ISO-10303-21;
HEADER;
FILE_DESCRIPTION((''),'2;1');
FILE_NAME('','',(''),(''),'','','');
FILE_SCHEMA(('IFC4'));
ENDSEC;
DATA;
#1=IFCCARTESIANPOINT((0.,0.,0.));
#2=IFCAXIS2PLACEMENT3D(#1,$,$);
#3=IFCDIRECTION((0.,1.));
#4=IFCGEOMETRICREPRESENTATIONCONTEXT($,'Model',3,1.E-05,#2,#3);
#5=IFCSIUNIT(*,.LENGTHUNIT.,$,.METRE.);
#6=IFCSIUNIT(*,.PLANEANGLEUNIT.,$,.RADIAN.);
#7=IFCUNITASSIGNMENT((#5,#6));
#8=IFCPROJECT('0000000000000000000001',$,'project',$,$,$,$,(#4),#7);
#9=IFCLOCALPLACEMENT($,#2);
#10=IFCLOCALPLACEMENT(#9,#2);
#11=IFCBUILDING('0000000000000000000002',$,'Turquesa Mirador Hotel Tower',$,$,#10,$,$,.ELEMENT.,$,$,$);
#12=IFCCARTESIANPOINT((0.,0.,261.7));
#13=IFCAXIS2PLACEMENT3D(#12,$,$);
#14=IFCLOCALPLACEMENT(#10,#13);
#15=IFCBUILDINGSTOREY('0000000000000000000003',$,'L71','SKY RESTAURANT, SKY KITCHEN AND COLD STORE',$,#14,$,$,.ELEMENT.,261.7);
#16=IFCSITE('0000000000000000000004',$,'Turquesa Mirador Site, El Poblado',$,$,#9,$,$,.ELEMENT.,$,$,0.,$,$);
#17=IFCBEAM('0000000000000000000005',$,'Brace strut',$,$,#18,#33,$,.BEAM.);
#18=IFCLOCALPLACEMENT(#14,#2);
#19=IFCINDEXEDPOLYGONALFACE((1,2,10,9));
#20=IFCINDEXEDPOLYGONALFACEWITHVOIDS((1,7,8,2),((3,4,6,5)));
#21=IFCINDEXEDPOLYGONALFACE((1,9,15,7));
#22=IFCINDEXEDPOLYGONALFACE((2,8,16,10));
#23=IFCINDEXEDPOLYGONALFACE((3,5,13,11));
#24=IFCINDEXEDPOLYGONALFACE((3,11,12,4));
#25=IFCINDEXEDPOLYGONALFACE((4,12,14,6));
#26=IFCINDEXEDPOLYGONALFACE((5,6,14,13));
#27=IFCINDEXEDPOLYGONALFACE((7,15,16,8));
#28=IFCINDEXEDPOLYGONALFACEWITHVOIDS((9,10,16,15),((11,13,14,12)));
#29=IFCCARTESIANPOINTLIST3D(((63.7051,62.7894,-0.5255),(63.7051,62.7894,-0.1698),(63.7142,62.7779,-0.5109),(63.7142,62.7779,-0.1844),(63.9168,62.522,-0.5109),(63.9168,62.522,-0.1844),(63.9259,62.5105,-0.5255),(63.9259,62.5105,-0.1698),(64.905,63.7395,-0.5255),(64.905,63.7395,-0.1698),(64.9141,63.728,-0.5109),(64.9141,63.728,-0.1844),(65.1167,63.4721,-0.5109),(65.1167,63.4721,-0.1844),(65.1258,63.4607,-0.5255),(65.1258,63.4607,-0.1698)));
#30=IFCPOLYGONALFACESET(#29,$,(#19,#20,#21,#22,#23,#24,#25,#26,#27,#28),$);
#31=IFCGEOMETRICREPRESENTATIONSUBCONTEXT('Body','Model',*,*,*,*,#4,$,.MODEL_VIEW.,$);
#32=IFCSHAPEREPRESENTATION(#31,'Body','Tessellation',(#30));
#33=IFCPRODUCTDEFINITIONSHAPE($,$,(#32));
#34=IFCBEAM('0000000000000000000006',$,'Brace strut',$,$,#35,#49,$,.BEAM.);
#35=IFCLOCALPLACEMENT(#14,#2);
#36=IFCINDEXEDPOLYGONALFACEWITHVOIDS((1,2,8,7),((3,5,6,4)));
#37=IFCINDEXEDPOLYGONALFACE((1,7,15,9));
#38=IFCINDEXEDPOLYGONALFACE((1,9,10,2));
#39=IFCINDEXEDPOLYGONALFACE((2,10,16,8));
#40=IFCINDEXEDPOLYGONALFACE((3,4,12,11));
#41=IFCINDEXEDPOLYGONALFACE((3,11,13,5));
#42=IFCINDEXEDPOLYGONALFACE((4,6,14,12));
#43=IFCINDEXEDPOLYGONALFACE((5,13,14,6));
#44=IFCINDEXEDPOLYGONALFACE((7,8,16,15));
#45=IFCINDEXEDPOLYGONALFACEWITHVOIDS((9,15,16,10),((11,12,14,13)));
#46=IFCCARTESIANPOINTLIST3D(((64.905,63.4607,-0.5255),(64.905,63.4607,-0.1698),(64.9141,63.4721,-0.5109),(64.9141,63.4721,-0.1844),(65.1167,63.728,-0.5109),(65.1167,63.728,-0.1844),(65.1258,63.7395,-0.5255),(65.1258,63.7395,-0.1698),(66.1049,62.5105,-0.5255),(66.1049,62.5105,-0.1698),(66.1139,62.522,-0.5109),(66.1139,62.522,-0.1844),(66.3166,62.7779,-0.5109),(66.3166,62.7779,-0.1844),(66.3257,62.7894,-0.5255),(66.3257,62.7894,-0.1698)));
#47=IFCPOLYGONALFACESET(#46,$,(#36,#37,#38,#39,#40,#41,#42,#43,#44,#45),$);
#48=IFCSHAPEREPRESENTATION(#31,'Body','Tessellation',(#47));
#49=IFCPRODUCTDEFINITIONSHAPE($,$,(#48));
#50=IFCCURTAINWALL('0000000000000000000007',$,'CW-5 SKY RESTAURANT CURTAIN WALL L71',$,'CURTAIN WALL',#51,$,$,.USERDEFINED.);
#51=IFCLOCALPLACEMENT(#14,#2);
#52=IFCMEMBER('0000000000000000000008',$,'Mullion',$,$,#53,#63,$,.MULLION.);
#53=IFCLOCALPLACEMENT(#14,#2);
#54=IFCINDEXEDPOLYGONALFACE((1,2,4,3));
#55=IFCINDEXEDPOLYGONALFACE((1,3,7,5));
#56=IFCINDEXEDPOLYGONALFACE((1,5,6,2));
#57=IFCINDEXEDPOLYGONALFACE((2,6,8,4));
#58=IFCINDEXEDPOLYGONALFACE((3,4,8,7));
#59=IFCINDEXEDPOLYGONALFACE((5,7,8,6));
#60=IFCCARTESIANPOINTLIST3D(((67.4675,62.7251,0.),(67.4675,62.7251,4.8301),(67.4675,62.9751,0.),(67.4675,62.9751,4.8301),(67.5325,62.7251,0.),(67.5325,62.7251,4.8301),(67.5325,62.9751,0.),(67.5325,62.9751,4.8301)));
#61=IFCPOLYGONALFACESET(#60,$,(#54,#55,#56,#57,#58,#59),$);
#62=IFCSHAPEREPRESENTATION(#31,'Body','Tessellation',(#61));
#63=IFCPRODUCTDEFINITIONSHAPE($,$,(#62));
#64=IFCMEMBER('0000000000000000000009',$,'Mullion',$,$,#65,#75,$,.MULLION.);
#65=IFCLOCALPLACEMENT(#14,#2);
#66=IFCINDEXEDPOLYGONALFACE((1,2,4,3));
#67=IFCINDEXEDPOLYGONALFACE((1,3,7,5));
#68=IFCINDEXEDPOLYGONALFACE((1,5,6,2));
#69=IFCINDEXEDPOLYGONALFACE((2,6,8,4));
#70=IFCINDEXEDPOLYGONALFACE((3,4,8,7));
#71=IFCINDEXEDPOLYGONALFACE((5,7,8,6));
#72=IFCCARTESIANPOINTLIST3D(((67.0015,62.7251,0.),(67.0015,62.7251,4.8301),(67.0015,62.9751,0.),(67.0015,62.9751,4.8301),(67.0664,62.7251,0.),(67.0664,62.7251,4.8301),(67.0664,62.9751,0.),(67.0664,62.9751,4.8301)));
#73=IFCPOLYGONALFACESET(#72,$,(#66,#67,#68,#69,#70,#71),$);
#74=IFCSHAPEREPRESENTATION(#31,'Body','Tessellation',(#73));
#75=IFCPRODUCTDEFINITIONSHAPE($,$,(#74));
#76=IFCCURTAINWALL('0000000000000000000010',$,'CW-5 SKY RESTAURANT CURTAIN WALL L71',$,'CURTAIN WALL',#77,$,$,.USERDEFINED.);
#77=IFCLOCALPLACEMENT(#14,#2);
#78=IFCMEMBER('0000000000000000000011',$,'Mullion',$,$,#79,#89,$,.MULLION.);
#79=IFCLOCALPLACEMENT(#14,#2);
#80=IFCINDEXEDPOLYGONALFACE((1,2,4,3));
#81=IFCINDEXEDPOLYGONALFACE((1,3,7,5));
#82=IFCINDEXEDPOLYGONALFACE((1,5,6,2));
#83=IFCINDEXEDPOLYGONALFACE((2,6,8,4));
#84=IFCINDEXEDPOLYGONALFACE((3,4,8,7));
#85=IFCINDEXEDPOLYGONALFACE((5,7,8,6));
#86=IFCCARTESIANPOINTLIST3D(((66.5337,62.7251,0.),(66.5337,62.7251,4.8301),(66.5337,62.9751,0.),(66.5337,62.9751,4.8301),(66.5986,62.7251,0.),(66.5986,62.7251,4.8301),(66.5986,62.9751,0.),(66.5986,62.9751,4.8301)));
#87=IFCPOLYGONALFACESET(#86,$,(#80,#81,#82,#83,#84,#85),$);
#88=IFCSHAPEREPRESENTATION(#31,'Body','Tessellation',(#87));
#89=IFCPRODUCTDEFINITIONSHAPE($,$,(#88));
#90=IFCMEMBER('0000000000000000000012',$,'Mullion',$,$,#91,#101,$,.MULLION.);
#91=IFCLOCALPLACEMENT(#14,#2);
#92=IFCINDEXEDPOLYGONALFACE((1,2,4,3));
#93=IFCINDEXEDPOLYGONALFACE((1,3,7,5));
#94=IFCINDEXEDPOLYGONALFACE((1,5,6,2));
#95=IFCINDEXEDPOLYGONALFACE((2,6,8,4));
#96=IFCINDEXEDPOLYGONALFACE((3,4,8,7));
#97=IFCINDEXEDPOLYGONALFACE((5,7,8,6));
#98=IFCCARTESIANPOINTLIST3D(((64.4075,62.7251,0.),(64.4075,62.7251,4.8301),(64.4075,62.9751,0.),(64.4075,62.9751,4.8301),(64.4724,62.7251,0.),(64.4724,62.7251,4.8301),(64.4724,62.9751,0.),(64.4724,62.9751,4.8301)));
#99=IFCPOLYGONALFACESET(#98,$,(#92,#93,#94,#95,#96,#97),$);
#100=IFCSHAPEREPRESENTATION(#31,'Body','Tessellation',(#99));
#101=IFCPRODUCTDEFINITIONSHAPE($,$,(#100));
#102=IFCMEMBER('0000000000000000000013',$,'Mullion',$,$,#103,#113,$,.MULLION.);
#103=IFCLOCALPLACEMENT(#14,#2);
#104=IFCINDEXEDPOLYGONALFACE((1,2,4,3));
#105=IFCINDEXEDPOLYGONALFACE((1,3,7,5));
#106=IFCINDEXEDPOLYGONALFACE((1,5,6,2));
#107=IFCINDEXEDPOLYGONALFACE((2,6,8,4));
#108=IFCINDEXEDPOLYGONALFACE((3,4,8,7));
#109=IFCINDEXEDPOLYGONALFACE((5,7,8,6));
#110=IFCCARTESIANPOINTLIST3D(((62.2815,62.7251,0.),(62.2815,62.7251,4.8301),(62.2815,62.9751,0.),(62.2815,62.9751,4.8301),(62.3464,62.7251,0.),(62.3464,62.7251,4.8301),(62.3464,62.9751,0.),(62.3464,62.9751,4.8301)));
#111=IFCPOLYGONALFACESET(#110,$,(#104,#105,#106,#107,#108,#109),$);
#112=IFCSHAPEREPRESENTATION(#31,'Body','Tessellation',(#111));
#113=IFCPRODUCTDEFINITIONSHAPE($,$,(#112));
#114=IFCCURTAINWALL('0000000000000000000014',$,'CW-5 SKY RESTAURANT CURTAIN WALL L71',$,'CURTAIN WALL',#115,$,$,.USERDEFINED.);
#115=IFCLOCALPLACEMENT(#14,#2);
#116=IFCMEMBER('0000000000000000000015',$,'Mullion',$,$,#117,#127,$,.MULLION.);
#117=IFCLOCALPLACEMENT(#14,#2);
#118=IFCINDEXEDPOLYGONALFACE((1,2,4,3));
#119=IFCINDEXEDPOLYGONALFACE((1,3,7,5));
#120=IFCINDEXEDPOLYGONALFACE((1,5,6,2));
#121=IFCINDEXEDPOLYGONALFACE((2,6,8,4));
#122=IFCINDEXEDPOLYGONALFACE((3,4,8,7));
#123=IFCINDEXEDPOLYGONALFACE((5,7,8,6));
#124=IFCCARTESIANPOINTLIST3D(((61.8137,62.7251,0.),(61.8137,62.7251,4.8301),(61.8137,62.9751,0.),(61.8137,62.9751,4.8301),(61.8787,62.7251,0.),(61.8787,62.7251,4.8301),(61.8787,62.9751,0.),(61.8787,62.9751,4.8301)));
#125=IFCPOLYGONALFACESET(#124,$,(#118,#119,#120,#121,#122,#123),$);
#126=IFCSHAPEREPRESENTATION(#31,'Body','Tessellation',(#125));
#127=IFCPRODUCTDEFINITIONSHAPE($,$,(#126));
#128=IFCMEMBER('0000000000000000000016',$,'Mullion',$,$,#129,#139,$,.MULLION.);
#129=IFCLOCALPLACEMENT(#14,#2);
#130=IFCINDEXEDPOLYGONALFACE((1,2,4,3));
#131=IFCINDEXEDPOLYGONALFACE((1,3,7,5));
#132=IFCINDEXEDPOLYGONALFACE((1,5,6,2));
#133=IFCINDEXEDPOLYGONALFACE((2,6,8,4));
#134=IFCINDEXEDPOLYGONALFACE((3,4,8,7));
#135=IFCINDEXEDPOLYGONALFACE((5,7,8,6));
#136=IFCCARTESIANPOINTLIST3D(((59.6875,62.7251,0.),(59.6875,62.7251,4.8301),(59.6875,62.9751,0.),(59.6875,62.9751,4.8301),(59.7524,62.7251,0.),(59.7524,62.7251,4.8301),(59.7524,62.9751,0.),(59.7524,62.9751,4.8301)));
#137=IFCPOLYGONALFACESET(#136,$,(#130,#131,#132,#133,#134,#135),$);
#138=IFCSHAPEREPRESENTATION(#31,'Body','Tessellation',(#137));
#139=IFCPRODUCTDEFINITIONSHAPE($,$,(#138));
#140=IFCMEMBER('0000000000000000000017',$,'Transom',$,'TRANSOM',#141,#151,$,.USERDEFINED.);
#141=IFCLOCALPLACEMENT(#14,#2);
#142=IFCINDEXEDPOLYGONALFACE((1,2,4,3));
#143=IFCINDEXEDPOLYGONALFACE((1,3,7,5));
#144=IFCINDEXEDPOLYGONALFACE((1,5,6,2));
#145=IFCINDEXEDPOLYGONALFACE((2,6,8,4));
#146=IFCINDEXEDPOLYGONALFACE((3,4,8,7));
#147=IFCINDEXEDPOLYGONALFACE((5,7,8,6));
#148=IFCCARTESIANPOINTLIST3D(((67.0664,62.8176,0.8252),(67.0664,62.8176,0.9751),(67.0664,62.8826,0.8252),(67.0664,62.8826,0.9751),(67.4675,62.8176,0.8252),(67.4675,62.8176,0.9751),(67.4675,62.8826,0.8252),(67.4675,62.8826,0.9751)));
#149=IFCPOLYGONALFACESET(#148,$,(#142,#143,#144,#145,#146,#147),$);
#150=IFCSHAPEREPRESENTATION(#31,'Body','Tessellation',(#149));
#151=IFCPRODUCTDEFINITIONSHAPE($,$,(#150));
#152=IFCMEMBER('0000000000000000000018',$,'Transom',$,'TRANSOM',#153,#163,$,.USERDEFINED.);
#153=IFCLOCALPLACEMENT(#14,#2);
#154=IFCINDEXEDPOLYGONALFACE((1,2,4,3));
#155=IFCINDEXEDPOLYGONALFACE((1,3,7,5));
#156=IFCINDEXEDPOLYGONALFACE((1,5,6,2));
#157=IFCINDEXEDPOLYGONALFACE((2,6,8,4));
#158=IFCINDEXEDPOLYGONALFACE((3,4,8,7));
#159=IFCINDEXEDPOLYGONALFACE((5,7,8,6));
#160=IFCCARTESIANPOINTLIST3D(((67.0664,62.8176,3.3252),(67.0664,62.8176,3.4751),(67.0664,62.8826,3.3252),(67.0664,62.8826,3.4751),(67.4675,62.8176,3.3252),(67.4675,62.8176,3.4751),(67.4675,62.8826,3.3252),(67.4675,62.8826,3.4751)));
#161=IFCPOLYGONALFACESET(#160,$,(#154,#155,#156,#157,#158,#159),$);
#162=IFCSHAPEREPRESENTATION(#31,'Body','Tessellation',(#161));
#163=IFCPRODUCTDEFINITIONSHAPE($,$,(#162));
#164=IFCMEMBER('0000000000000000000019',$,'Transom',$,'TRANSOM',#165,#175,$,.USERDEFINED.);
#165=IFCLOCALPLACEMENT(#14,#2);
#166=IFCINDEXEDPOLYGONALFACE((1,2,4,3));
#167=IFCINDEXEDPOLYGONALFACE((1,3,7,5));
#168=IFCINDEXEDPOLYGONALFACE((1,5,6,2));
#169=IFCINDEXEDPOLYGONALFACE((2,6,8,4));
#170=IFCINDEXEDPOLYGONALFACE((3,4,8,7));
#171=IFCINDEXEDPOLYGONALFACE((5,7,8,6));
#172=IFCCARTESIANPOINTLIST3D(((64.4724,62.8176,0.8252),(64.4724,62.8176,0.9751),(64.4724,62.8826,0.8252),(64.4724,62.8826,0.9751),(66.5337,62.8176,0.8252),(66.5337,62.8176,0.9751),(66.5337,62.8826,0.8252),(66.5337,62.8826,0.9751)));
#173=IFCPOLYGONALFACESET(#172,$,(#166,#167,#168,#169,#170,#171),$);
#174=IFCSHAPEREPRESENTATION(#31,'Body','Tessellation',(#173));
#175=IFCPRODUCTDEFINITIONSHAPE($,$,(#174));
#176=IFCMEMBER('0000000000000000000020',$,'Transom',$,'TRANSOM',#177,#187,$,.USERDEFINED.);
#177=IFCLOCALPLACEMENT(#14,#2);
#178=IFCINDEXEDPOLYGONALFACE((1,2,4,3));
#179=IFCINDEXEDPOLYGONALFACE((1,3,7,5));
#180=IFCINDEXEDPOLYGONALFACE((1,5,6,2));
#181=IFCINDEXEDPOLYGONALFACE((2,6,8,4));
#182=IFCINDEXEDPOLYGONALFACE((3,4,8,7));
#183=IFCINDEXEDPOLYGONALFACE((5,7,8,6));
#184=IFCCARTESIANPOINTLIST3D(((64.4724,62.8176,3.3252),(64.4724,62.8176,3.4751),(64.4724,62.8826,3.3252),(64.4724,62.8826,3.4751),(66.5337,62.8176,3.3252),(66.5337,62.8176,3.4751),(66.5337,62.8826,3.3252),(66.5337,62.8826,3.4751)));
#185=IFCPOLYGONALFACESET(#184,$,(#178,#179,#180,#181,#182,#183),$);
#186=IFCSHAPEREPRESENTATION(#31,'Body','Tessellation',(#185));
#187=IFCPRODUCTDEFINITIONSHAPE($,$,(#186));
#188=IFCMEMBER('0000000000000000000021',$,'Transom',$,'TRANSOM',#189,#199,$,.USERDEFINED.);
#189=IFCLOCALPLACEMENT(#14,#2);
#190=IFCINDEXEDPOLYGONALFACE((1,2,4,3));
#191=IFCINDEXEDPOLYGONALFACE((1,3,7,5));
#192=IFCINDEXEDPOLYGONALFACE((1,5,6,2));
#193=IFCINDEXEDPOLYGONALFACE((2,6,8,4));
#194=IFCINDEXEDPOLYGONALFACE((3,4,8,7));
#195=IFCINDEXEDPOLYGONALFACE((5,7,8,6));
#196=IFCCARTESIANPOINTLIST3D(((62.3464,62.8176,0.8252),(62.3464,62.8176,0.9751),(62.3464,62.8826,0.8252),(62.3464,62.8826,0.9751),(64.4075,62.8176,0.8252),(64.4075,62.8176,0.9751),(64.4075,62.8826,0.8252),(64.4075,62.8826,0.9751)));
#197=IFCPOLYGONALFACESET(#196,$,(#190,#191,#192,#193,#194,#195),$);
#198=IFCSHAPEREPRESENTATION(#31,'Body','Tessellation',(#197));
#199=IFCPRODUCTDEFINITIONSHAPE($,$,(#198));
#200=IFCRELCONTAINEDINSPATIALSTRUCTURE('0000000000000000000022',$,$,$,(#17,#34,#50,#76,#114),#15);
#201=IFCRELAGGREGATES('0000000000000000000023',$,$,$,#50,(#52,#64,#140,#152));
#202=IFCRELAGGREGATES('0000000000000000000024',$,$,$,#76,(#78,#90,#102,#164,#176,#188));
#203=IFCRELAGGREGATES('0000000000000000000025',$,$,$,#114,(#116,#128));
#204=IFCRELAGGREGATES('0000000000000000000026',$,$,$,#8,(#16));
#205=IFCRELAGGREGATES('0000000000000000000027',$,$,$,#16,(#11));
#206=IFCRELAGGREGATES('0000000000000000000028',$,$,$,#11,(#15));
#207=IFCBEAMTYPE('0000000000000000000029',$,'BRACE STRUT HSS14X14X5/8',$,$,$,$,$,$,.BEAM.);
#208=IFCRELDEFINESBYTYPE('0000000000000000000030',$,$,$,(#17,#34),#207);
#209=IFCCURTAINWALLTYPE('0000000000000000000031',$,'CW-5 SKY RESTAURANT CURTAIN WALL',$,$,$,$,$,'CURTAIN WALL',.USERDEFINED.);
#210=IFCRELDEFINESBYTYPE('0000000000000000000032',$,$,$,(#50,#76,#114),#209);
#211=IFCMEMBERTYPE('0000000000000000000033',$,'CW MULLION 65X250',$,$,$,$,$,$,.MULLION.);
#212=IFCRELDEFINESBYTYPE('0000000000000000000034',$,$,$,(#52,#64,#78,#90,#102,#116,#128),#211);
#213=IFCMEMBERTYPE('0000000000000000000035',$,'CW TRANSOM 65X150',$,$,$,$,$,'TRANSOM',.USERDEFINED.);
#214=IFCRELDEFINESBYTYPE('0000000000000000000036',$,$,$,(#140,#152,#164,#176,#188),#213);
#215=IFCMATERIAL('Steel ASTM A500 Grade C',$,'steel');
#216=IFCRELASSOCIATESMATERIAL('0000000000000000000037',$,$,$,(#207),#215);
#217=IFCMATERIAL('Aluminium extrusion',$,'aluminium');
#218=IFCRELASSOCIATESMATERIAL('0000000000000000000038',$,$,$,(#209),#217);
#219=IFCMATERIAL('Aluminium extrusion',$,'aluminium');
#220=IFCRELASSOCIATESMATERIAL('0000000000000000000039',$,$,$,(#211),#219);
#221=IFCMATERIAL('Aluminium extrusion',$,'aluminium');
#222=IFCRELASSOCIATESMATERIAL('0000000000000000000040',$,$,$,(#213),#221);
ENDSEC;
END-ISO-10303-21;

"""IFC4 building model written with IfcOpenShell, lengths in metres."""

from ifc_helpers import new_model, si_unit, direction, frame, origin, origin_2d, place, context, subcontext, project, spatial, rectangle, hollow_rectangle, extrude, material, material_profile, profile_set, type_object, element, aggregate, save


model = new_model("IFC4")

# Units and contexts
model_context = context("Model", 3, precision=1e-05, world=origin(), true_north=direction((0.0, 1.0)))
body_context = subcontext(model_context, "Body", "Model", "MODEL_VIEW")
ifc_project = project(units=[si_unit("LENGTHUNIT", "METRE"), si_unit("PLANEANGLEUNIT", "RADIAN")], contexts=[model_context])

# Site, building, storey
site_placement = place(None, origin())
site = spatial("IfcSite", under=ifc_project, at=site_placement, Name="Turquesa Mirador Site, El Poblado", CompositionType="ELEMENT", RefElevation=0.0)
building_placement = place(site_placement, origin())
building = spatial("IfcBuilding", under=site, at=building_placement, Name="Turquesa Mirador Hotel Tower", CompositionType="ELEMENT")
storey_placement = place(building_placement, frame((0.0, 0.0, 261.7)))
storey = spatial("IfcBuildingStorey", under=building, at=storey_placement, Name="L71", Description="SKY RESTAURANT, SKY KITCHEN AND COLD STORE", CompositionType="ELEMENT", Elevation=261.7)

# Beams
ifc_material_1 = material(Name="Steel ASTM A500 Grade C", Category="steel")
ifc_material_profile_1 = material_profile(ifc_material_1, hollow_rectangle(XDim=0.3557, YDim=0.3557, WallThickness=0.0146, at=origin_2d()), Name="HSS14X14X5/8")
ifc_profile_set_1 = profile_set([ifc_material_profile_1], Name="Steel ASTM A500 Grade C")
beam_type = type_object("IfcBeamType", Name="BRACE STRUT HSS14X14X5/8", PredefinedType="BEAM", material=ifc_profile_set_1)
for number, where, z_axis, x_axis, name in (
    (1, (65.0154, 63.6001, -0.3477), (-0.783971, -0.620797, 0.0), (0.620797, -0.783971, 0.0), "Brace strut"),
    (2, (65.0154, 63.6001, -0.3477), (0.783971, -0.620797, 0.0), (0.620797, 0.783971, 0.0), "Brace strut"),
):
    element("IfcBeam", number, at=place(storey_placement, frame(where, z_axis=z_axis, x_axis=x_axis)), inside=storey, type_object=beam_type, Name=name, PredefinedType="BEAM", context=body_context, shape_type="SweptSolid", body=[
        extrude(hollow_rectangle(XDim=0.3557, YDim=0.3557, WallThickness=0.0146, at=origin_2d()), origin(), (0.0, 0.0, 1.0), 1.5305),
    ])

# Curtain walls, members
ifc_material_2 = material(Name="Aluminium extrusion", Category="aluminium")
curtain_wall_type = type_object("IfcCurtainWallType", Name="CW-5 SKY RESTAURANT CURTAIN WALL", ElementType="CURTAIN WALL", PredefinedType="USERDEFINED", material=ifc_material_2)
curtain_wall_1_placement = place(storey_placement, origin())
curtain_wall_1 = element("IfcCurtainWall", 3, at=curtain_wall_1_placement, inside=storey, type_object=curtain_wall_type, Name="CW-5 SKY RESTAURANT CURTAIN WALL L71", ObjectType="CURTAIN WALL", PredefinedType="USERDEFINED")
ifc_material_3 = material(Name="Aluminium extrusion", Category="aluminium")
ifc_material_profile_2 = material_profile(ifc_material_3, rectangle(XDim=0.0649, YDim=0.25, at=origin_2d()), Name="MULLION 65X250")
ifc_profile_set_2 = profile_set([ifc_material_profile_2], Name="Aluminium extrusion")
member_type_1 = type_object("IfcMemberType", Name="CW MULLION 65X250", PredefinedType="MULLION", material=ifc_profile_set_2)
member_1_placement = place(storey_placement, frame((67.5, 62.8501, 0.0), z_axis=(0.0, 0.0, 1.0), x_axis=(-1.0, 0.0, 0.0)))
member_1 = element("IfcMember", 4, at=member_1_placement, type_object=member_type_1, Name="Mullion", PredefinedType="MULLION", context=body_context, shape_type="SweptSolid", body=[
    extrude(rectangle(XDim=0.0649, YDim=0.25, at=origin_2d()), origin(), (0.0, 0.0, 1.0), 4.8301),
])
member_2_placement = place(storey_placement, frame((67.0339, 62.8501, 0.0), z_axis=(0.0, 0.0, 1.0), x_axis=(-1.0, 0.0, 0.0)))
member_2 = element("IfcMember", 5, at=member_2_placement, type_object=member_type_1, Name="Mullion", PredefinedType="MULLION", context=body_context, shape_type="SweptSolid", body=[
    extrude(rectangle(XDim=0.0649, YDim=0.25, at=origin_2d()), origin(), (0.0, 0.0, 1.0), 4.8301),
])
curtain_wall_2_placement = place(storey_placement, origin())
curtain_wall_2 = element("IfcCurtainWall", 6, at=curtain_wall_2_placement, inside=storey, type_object=curtain_wall_type, Name="CW-5 SKY RESTAURANT CURTAIN WALL L71", ObjectType="CURTAIN WALL", PredefinedType="USERDEFINED")
member_3_placement = place(storey_placement, frame((66.5662, 62.8501, 0.0), z_axis=(0.0, 0.0, 1.0), x_axis=(-1.0, 0.0, 0.0)))
member_3 = element("IfcMember", 7, at=member_3_placement, type_object=member_type_1, Name="Mullion", PredefinedType="MULLION", context=body_context, shape_type="SweptSolid", body=[
    extrude(rectangle(XDim=0.0649, YDim=0.25, at=origin_2d()), origin(), (0.0, 0.0, 1.0), 4.8301),
])
member_4_placement = place(storey_placement, frame((64.4399, 62.8501, 0.0), z_axis=(0.0, 0.0, 1.0), x_axis=(-1.0, 0.0, 0.0)))
member_4 = element("IfcMember", 8, at=member_4_placement, type_object=member_type_1, Name="Mullion", PredefinedType="MULLION", context=body_context, shape_type="SweptSolid", body=[
    extrude(rectangle(XDim=0.0649, YDim=0.25, at=origin_2d()), origin(), (0.0, 0.0, 1.0), 4.8301),
])
member_5_placement = place(storey_placement, frame((62.314, 62.8501, 0.0), z_axis=(0.0, 0.0, 1.0), x_axis=(-1.0, 0.0, 0.0)))
member_5 = element("IfcMember", 9, at=member_5_placement, type_object=member_type_1, Name="Mullion", PredefinedType="MULLION", context=body_context, shape_type="SweptSolid", body=[
    extrude(rectangle(XDim=0.0649, YDim=0.25, at=origin_2d()), origin(), (0.0, 0.0, 1.0), 4.8301),
])
curtain_wall_3_placement = place(storey_placement, origin())
curtain_wall_3 = element("IfcCurtainWall", 10, at=curtain_wall_3_placement, inside=storey, type_object=curtain_wall_type, Name="CW-5 SKY RESTAURANT CURTAIN WALL L71", ObjectType="CURTAIN WALL", PredefinedType="USERDEFINED")
member_6_placement = place(storey_placement, frame((61.8462, 62.8501, 0.0), z_axis=(0.0, 0.0, 1.0), x_axis=(-1.0, 0.0, 0.0)))
member_6 = element("IfcMember", 11, at=member_6_placement, type_object=member_type_1, Name="Mullion", PredefinedType="MULLION", context=body_context, shape_type="SweptSolid", body=[
    extrude(rectangle(XDim=0.0649, YDim=0.25, at=origin_2d()), origin(), (0.0, 0.0, 1.0), 4.8301),
])
member_7_placement = place(storey_placement, frame((59.72, 62.8501, 0.0), z_axis=(0.0, 0.0, 1.0), x_axis=(-1.0, 0.0, 0.0)))
member_7 = element("IfcMember", 12, at=member_7_placement, type_object=member_type_1, Name="Mullion", PredefinedType="MULLION", context=body_context, shape_type="SweptSolid", body=[
    extrude(rectangle(XDim=0.0649, YDim=0.25, at=origin_2d()), origin(), (0.0, 0.0, 1.0), 4.8301),
])

# Members
ifc_material_4 = material(Name="Aluminium extrusion", Category="aluminium")
ifc_material_profile_3 = material_profile(ifc_material_4, rectangle(XDim=0.0649, YDim=0.1499, at=origin_2d()), Name="TRANSOM 65X150")
ifc_profile_set_3 = profile_set([ifc_material_profile_3], Name="Aluminium extrusion")
member_type_2 = type_object("IfcMemberType", Name="CW TRANSOM 65X150", ElementType="TRANSOM", PredefinedType="USERDEFINED", material=ifc_profile_set_3)
member_8_placement = place(storey_placement, frame((67.4675, 62.8501, 0.9001), z_axis=(-1.0, 0.0, 0.0), x_axis=(0.0, -1.0, 0.0)))
member_8 = element("IfcMember", 13, at=member_8_placement, type_object=member_type_2, Name="Transom", ObjectType="TRANSOM", PredefinedType="USERDEFINED", context=body_context, shape_type="SweptSolid", body=[
    extrude(rectangle(XDim=0.0649, YDim=0.1499, at=origin_2d()), origin(), (0.0, 0.0, 1.0), 0.4011),
])
member_9_placement = place(storey_placement, frame((67.4675, 62.8501, 3.4001), z_axis=(-1.0, 0.0, 0.0), x_axis=(0.0, -1.0, 0.0)))
member_9 = element("IfcMember", 14, at=member_9_placement, type_object=member_type_2, Name="Transom", ObjectType="TRANSOM", PredefinedType="USERDEFINED", context=body_context, shape_type="SweptSolid", body=[
    extrude(rectangle(XDim=0.0649, YDim=0.1499, at=origin_2d()), origin(), (0.0, 0.0, 1.0), 0.4011),
])
member_10_placement = place(storey_placement, frame((66.5337, 62.8501, 0.9001), z_axis=(-1.0, 0.0, 0.0), x_axis=(0.0, -1.0, 0.0)))
member_10 = element("IfcMember", 15, at=member_10_placement, type_object=member_type_2, Name="Transom", ObjectType="TRANSOM", PredefinedType="USERDEFINED", context=body_context, shape_type="SweptSolid", body=[
    extrude(rectangle(XDim=0.0649, YDim=0.1499, at=origin_2d()), origin(), (0.0, 0.0, 1.0), 2.0613),
])
member_11_placement = place(storey_placement, frame((66.5337, 62.8501, 3.4001), z_axis=(-1.0, 0.0, 0.0), x_axis=(0.0, -1.0, 0.0)))
member_11 = element("IfcMember", 16, at=member_11_placement, type_object=member_type_2, Name="Transom", ObjectType="TRANSOM", PredefinedType="USERDEFINED", context=body_context, shape_type="SweptSolid", body=[
    extrude(rectangle(XDim=0.0649, YDim=0.1499, at=origin_2d()), origin(), (0.0, 0.0, 1.0), 2.0613),
])
member_12_placement = place(storey_placement, frame((64.4075, 62.8501, 0.9001), z_axis=(-1.0, 0.0, 0.0), x_axis=(0.0, -1.0, 0.0)))
member_12 = element("IfcMember", 17, at=member_12_placement, type_object=member_type_2, Name="Transom", ObjectType="TRANSOM", PredefinedType="USERDEFINED", context=body_context, shape_type="SweptSolid", body=[
    extrude(rectangle(XDim=0.0649, YDim=0.1499, at=origin_2d()), origin(), (0.0, 0.0, 1.0), 2.061),
])

aggregate(curtain_wall_1, [member_1, member_2, member_8, member_9])
aggregate(curtain_wall_2, [member_3, member_4, member_5, member_10, member_11, member_12])
aggregate(curtain_wall_3, [member_6, member_7])

save(model, "model.ifc")
